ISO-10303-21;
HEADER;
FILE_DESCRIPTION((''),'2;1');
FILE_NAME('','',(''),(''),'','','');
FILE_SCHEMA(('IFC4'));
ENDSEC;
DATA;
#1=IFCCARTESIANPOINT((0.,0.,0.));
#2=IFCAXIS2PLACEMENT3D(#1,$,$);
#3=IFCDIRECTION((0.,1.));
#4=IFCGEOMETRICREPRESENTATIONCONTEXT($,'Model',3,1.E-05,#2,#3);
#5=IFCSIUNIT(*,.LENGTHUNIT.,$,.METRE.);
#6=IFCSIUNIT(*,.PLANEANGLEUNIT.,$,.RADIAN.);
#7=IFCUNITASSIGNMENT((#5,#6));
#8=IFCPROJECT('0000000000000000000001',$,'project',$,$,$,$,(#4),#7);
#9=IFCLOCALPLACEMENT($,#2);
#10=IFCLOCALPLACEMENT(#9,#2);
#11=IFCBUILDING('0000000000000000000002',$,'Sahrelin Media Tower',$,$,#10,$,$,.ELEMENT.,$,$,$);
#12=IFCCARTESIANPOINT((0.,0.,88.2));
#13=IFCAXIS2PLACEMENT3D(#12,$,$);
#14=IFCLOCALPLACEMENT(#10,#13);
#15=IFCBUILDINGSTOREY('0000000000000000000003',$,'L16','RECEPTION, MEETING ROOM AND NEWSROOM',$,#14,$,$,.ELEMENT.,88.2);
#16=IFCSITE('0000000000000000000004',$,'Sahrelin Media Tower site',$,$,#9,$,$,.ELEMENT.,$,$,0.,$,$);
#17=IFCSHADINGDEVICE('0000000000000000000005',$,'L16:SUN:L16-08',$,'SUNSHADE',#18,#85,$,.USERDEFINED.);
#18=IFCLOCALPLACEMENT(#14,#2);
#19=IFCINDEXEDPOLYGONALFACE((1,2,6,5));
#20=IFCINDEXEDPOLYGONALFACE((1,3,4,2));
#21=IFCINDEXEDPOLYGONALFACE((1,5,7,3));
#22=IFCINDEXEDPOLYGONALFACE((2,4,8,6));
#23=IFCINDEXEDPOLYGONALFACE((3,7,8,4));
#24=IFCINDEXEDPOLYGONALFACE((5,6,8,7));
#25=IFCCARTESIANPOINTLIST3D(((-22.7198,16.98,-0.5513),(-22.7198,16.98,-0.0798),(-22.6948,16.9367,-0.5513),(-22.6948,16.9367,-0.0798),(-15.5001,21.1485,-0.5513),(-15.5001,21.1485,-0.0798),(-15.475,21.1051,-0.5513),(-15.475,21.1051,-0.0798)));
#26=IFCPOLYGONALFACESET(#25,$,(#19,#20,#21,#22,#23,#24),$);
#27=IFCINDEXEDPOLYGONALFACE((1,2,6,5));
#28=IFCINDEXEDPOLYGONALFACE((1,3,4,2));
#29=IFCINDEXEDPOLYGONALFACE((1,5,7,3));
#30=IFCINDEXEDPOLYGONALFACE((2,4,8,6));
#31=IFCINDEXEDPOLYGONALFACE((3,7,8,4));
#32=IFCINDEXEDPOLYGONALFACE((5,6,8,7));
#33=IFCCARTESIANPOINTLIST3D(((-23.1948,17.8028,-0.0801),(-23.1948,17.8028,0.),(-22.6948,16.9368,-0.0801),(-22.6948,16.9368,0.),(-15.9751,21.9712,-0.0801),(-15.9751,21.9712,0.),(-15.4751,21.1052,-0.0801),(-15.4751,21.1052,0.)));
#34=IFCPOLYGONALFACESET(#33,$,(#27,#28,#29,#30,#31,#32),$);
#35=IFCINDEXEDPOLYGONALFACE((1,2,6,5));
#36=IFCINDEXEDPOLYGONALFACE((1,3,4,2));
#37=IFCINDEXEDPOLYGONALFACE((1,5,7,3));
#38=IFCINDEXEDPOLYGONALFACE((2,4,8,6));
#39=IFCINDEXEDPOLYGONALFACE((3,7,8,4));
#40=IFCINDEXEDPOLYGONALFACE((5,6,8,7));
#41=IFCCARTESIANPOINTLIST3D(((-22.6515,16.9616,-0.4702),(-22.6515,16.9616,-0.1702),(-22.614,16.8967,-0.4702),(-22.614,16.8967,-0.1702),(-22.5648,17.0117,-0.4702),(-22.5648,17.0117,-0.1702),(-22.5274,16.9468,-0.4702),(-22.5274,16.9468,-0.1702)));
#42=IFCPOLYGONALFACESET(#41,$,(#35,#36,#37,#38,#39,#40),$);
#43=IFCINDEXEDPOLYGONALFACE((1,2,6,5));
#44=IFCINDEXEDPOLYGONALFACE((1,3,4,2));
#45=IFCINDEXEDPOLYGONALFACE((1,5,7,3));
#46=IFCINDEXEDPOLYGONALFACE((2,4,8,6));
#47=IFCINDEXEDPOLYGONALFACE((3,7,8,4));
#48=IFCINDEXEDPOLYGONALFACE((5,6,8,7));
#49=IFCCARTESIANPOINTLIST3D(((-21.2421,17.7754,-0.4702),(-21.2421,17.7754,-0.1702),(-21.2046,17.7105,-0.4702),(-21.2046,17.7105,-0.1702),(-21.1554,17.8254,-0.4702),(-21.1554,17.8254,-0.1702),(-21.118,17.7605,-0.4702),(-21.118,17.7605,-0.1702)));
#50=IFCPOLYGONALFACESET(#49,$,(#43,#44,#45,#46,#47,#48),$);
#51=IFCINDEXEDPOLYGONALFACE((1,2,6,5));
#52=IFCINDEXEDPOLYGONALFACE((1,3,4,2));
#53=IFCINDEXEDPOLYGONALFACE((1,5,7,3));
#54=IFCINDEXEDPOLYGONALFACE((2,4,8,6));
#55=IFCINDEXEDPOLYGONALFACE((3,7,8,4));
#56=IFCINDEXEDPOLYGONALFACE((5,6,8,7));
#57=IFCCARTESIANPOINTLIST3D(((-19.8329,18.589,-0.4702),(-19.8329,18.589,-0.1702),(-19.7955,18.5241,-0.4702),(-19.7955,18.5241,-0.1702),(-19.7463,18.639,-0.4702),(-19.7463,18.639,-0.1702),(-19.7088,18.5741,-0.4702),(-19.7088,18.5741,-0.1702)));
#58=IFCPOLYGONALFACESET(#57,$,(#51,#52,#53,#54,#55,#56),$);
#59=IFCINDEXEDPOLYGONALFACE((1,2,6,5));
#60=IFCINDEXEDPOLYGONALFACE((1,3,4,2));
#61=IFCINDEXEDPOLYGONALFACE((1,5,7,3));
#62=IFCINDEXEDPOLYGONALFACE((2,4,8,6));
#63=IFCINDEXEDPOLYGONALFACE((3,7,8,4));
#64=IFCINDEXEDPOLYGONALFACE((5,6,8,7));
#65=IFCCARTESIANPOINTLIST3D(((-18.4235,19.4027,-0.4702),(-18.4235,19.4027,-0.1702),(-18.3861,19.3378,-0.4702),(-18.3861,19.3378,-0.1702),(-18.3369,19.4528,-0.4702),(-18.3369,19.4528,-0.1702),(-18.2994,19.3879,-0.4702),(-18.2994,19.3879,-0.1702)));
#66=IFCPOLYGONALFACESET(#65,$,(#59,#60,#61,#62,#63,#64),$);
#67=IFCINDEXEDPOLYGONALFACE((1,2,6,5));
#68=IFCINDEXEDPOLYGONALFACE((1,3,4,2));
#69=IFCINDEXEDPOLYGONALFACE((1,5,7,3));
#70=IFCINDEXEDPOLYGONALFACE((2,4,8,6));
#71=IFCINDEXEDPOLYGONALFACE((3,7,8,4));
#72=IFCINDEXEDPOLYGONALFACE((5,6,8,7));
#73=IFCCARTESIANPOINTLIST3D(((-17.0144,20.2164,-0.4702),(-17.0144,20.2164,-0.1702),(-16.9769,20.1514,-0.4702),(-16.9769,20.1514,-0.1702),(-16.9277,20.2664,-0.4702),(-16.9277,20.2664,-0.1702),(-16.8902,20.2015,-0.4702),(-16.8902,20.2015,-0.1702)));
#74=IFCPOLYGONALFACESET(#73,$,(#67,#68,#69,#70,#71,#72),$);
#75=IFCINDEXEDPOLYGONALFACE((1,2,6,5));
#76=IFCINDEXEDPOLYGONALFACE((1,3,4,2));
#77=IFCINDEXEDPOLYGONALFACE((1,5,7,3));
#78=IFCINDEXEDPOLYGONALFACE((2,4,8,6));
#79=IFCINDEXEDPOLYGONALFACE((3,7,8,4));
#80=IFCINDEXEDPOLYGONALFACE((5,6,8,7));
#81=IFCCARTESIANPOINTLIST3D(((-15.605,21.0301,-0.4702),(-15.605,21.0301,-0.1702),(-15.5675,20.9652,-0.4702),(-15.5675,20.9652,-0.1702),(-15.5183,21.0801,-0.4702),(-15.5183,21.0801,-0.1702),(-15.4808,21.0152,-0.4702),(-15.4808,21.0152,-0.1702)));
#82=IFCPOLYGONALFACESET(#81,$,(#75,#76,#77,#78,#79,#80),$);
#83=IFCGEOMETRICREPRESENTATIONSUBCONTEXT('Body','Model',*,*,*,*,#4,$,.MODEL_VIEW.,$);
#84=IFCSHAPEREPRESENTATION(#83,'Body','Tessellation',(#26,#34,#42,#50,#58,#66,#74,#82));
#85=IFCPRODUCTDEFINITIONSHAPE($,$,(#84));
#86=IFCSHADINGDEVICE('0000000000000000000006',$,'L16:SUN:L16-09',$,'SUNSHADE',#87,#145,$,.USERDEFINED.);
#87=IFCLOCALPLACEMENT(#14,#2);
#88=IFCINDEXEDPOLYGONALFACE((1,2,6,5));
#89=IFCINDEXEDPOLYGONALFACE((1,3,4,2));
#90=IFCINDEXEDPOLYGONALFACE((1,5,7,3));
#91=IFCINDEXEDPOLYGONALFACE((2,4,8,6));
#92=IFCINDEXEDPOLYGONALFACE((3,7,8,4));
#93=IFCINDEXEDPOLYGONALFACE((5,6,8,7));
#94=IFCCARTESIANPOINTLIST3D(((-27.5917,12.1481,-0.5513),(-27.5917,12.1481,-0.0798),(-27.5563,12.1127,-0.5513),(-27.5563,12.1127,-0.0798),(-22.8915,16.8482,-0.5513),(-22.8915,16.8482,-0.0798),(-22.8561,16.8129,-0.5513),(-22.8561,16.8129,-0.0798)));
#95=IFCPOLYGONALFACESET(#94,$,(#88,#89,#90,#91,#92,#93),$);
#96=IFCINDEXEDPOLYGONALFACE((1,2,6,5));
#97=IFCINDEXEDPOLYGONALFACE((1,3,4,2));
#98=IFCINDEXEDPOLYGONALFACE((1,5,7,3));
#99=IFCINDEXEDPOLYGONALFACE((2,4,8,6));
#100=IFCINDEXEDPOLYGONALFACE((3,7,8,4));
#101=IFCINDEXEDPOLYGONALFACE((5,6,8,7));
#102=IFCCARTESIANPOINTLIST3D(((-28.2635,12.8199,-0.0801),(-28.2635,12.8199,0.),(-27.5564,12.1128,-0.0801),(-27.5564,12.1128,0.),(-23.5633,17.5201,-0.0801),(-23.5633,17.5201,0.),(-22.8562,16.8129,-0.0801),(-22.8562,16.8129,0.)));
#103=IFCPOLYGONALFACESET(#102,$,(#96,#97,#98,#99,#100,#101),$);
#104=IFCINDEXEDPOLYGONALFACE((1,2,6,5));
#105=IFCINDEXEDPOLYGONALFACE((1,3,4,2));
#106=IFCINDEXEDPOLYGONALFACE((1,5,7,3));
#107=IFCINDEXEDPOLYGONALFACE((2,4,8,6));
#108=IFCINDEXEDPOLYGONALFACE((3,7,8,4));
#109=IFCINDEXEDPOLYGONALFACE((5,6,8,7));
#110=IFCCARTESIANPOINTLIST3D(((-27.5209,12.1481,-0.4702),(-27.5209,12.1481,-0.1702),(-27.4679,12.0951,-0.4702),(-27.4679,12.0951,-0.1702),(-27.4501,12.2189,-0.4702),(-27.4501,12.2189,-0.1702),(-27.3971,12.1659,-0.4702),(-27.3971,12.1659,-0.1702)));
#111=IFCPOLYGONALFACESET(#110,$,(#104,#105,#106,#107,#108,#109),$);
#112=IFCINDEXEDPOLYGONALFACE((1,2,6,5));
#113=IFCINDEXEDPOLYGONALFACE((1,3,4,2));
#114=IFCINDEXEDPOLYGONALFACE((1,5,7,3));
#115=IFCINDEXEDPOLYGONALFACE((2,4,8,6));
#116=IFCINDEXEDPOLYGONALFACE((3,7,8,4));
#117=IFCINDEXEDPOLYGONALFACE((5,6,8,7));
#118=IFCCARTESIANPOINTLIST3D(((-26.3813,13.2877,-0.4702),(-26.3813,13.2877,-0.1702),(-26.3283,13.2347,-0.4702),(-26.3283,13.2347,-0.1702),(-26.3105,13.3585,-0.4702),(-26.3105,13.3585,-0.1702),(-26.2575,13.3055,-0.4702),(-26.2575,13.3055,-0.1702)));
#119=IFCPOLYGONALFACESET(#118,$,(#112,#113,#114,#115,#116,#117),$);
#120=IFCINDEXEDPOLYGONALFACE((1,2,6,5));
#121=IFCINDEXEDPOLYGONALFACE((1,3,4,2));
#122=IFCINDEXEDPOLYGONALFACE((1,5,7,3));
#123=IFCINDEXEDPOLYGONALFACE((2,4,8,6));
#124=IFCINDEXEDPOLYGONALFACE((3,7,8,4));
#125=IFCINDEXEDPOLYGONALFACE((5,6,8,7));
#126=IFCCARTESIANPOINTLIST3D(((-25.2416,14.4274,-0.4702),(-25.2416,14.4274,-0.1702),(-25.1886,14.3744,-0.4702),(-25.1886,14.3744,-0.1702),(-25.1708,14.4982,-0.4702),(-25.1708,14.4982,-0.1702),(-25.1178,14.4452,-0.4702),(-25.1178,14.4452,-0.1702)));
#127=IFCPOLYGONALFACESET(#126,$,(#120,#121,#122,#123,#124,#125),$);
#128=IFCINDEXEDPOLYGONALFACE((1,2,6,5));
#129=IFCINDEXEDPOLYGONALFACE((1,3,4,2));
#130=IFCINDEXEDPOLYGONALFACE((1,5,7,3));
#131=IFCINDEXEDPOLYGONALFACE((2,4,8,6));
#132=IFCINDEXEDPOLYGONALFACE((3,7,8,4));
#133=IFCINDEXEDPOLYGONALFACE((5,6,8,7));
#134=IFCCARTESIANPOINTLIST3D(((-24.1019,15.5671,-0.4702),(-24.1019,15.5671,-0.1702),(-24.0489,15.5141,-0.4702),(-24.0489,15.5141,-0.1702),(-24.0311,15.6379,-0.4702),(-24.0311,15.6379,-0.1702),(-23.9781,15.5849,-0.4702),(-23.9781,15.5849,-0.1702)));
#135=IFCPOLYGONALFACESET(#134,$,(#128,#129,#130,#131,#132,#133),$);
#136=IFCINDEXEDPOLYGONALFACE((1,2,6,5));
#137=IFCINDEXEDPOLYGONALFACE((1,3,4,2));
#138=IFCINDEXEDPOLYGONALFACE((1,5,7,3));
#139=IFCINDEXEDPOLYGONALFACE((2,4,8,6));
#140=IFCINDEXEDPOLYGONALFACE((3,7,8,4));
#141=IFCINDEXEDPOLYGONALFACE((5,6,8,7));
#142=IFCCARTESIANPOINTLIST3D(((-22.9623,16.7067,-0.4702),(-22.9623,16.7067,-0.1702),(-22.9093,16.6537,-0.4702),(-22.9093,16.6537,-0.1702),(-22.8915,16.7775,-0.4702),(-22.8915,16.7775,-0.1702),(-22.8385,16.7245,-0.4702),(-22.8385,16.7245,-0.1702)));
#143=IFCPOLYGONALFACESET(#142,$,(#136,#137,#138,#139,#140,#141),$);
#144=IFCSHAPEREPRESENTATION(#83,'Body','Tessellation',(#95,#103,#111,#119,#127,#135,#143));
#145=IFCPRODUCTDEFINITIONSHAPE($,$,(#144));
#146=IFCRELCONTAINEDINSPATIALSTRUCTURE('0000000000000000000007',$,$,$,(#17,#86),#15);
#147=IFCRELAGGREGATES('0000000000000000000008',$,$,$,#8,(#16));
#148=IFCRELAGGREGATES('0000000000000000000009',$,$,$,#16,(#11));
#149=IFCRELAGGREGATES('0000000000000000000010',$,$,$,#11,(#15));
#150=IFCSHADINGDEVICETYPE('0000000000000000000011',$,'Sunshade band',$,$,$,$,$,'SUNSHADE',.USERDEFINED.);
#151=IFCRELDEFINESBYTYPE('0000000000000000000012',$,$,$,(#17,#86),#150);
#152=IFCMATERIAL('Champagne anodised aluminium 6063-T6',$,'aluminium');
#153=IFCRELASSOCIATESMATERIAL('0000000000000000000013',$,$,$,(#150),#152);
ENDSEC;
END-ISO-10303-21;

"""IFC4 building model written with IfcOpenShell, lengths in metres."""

from ifc_helpers import new_model, si_unit, direction, frame, origin, origin_2d, place, context, subcontext, project, spatial, rectangle, extrude, material, type_object, element, save


model = new_model("IFC4")

# Units and contexts
model_context = context("Model", 3, precision=1e-05, world=origin(), true_north=direction((0.0, 1.0)))
body_context = subcontext(model_context, "Body", "Model", "MODEL_VIEW")
ifc_project = project(units=[si_unit("LENGTHUNIT", "METRE"), si_unit("PLANEANGLEUNIT", "RADIAN")], contexts=[model_context])

# Site, building, storey
site_placement = place(None, origin())
site = spatial("IfcSite", under=ifc_project, at=site_placement, Name="Sahrelin Media Tower site", CompositionType="ELEMENT", RefElevation=0.0)
building_placement = place(site_placement, origin())
building = spatial("IfcBuilding", under=site, at=building_placement, Name="Sahrelin Media Tower", CompositionType="ELEMENT")
storey_placement = place(building_placement, frame((0.0, 0.0, 88.2)))
storey = spatial("IfcBuildingStorey", under=building, at=storey_placement, Name="L16", Description="RECEPTION, MEETING ROOM AND NEWSROOM", CompositionType="ELEMENT", Elevation=88.2)

# Shared definitions
ifc_material_1 = material(Name="Champagne anodised aluminium 6063-T6", Category="aluminium")

# Shading devices
placement_1 = place(storey_placement, frame((-19.075, 19.0037, 0.0), z_axis=(0.0, 0.0, 1.0), x_axis=(0.866019, 0.500011, 0.0)))
placement_2 = place(storey_placement, frame((-25.1921, 14.4487, 0.0), z_axis=(0.0, 0.0, 1.0), x_axis=(0.707107, 0.707107, 0.0)))
shading_device_type_1 = type_object("IfcShadingDeviceType", Name="Sunshade band", ElementType="SUNSHADE", PredefinedType="USERDEFINED", material=ifc_material_1)
element("IfcShadingDevice", 1, at=placement_1, inside=storey, type_object=shading_device_type_1, Name="L16:SUN:L16-08", ObjectType="SUNSHADE", PredefinedType="USERDEFINED", context=body_context, shape_type="SweptSolid", body=[
    extrude(rectangle(XDim=8.3367, YDim=0.05, at=origin_2d()), frame((0.0, 0.0449, -0.5513)), (0.0, 0.0, 1.0), 0.4714),
    extrude(rectangle(XDim=8.3367, YDim=1.0, at=origin_2d()), frame((0.0, 0.52, -0.0801)), (0.0, 0.0, 1.0), 0.0801),
    extrude(rectangle(XDim=0.1001, YDim=0.075, at=origin_2d()), frame((-4.0684, -0.0176, -0.4702)), (0.0, 0.0, 1.0), 0.3),
    extrude(rectangle(XDim=0.1001, YDim=0.075, at=origin_2d()), frame((-2.4409, -0.0176, -0.4702)), (0.0, 0.0, 1.0), 0.3),
    extrude(rectangle(XDim=0.1001, YDim=0.075, at=origin_2d()), frame((-0.8137, -0.0176, -0.4702)), (0.0, 0.0, 1.0), 0.3),
    extrude(rectangle(XDim=0.1001, YDim=0.075, at=origin_2d()), frame((0.8137, -0.0176, -0.4702)), (0.0, 0.0, 1.0), 0.3),
    extrude(rectangle(XDim=0.1001, YDim=0.075, at=origin_2d()), frame((2.4409, -0.0176, -0.4702)), (0.0, 0.0, 1.0), 0.3),
    extrude(rectangle(XDim=0.1001, YDim=0.075, at=origin_2d()), frame((4.0684, -0.0176, -0.4702)), (0.0, 0.0, 1.0), 0.3),
])
element("IfcShadingDevice", 2, at=placement_2, inside=storey, type_object=shading_device_type_1, Name="L16:SUN:L16-09", ObjectType="SUNSHADE", PredefinedType="USERDEFINED", context=body_context, shape_type="SweptSolid", body=[
    extrude(rectangle(XDim=6.647, YDim=0.05, at=origin_2d()), frame((0.0, 0.0449, -0.5513)), (0.0, 0.0, 1.0), 0.4714),
    extrude(rectangle(XDim=6.647, YDim=1.0, at=origin_2d()), frame((0.0, 0.52, -0.0801)), (0.0, 0.0, 1.0), 0.0801),
    extrude(rectangle(XDim=0.1001, YDim=0.075, at=origin_2d()), frame((-3.2234, -0.0176, -0.4702)), (0.0, 0.0, 1.0), 0.3),
    extrude(rectangle(XDim=0.1001, YDim=0.075, at=origin_2d()), frame((-1.6118, -0.0176, -0.4702)), (0.0, 0.0, 1.0), 0.3),
    extrude(rectangle(XDim=0.1001, YDim=0.075, at=origin_2d()), frame((0.0, -0.0176, -0.4702)), (0.0, 0.0, 1.0), 0.3),
    extrude(rectangle(XDim=0.1001, YDim=0.075, at=origin_2d()), frame((1.6118, -0.0176, -0.4702)), (0.0, 0.0, 1.0), 0.3),
    extrude(rectangle(XDim=0.1001, YDim=0.075, at=origin_2d()), frame((3.2234, -0.0176, -0.4702)), (0.0, 0.0, 1.0), 0.3),
])

save(model, "model.ifc")
